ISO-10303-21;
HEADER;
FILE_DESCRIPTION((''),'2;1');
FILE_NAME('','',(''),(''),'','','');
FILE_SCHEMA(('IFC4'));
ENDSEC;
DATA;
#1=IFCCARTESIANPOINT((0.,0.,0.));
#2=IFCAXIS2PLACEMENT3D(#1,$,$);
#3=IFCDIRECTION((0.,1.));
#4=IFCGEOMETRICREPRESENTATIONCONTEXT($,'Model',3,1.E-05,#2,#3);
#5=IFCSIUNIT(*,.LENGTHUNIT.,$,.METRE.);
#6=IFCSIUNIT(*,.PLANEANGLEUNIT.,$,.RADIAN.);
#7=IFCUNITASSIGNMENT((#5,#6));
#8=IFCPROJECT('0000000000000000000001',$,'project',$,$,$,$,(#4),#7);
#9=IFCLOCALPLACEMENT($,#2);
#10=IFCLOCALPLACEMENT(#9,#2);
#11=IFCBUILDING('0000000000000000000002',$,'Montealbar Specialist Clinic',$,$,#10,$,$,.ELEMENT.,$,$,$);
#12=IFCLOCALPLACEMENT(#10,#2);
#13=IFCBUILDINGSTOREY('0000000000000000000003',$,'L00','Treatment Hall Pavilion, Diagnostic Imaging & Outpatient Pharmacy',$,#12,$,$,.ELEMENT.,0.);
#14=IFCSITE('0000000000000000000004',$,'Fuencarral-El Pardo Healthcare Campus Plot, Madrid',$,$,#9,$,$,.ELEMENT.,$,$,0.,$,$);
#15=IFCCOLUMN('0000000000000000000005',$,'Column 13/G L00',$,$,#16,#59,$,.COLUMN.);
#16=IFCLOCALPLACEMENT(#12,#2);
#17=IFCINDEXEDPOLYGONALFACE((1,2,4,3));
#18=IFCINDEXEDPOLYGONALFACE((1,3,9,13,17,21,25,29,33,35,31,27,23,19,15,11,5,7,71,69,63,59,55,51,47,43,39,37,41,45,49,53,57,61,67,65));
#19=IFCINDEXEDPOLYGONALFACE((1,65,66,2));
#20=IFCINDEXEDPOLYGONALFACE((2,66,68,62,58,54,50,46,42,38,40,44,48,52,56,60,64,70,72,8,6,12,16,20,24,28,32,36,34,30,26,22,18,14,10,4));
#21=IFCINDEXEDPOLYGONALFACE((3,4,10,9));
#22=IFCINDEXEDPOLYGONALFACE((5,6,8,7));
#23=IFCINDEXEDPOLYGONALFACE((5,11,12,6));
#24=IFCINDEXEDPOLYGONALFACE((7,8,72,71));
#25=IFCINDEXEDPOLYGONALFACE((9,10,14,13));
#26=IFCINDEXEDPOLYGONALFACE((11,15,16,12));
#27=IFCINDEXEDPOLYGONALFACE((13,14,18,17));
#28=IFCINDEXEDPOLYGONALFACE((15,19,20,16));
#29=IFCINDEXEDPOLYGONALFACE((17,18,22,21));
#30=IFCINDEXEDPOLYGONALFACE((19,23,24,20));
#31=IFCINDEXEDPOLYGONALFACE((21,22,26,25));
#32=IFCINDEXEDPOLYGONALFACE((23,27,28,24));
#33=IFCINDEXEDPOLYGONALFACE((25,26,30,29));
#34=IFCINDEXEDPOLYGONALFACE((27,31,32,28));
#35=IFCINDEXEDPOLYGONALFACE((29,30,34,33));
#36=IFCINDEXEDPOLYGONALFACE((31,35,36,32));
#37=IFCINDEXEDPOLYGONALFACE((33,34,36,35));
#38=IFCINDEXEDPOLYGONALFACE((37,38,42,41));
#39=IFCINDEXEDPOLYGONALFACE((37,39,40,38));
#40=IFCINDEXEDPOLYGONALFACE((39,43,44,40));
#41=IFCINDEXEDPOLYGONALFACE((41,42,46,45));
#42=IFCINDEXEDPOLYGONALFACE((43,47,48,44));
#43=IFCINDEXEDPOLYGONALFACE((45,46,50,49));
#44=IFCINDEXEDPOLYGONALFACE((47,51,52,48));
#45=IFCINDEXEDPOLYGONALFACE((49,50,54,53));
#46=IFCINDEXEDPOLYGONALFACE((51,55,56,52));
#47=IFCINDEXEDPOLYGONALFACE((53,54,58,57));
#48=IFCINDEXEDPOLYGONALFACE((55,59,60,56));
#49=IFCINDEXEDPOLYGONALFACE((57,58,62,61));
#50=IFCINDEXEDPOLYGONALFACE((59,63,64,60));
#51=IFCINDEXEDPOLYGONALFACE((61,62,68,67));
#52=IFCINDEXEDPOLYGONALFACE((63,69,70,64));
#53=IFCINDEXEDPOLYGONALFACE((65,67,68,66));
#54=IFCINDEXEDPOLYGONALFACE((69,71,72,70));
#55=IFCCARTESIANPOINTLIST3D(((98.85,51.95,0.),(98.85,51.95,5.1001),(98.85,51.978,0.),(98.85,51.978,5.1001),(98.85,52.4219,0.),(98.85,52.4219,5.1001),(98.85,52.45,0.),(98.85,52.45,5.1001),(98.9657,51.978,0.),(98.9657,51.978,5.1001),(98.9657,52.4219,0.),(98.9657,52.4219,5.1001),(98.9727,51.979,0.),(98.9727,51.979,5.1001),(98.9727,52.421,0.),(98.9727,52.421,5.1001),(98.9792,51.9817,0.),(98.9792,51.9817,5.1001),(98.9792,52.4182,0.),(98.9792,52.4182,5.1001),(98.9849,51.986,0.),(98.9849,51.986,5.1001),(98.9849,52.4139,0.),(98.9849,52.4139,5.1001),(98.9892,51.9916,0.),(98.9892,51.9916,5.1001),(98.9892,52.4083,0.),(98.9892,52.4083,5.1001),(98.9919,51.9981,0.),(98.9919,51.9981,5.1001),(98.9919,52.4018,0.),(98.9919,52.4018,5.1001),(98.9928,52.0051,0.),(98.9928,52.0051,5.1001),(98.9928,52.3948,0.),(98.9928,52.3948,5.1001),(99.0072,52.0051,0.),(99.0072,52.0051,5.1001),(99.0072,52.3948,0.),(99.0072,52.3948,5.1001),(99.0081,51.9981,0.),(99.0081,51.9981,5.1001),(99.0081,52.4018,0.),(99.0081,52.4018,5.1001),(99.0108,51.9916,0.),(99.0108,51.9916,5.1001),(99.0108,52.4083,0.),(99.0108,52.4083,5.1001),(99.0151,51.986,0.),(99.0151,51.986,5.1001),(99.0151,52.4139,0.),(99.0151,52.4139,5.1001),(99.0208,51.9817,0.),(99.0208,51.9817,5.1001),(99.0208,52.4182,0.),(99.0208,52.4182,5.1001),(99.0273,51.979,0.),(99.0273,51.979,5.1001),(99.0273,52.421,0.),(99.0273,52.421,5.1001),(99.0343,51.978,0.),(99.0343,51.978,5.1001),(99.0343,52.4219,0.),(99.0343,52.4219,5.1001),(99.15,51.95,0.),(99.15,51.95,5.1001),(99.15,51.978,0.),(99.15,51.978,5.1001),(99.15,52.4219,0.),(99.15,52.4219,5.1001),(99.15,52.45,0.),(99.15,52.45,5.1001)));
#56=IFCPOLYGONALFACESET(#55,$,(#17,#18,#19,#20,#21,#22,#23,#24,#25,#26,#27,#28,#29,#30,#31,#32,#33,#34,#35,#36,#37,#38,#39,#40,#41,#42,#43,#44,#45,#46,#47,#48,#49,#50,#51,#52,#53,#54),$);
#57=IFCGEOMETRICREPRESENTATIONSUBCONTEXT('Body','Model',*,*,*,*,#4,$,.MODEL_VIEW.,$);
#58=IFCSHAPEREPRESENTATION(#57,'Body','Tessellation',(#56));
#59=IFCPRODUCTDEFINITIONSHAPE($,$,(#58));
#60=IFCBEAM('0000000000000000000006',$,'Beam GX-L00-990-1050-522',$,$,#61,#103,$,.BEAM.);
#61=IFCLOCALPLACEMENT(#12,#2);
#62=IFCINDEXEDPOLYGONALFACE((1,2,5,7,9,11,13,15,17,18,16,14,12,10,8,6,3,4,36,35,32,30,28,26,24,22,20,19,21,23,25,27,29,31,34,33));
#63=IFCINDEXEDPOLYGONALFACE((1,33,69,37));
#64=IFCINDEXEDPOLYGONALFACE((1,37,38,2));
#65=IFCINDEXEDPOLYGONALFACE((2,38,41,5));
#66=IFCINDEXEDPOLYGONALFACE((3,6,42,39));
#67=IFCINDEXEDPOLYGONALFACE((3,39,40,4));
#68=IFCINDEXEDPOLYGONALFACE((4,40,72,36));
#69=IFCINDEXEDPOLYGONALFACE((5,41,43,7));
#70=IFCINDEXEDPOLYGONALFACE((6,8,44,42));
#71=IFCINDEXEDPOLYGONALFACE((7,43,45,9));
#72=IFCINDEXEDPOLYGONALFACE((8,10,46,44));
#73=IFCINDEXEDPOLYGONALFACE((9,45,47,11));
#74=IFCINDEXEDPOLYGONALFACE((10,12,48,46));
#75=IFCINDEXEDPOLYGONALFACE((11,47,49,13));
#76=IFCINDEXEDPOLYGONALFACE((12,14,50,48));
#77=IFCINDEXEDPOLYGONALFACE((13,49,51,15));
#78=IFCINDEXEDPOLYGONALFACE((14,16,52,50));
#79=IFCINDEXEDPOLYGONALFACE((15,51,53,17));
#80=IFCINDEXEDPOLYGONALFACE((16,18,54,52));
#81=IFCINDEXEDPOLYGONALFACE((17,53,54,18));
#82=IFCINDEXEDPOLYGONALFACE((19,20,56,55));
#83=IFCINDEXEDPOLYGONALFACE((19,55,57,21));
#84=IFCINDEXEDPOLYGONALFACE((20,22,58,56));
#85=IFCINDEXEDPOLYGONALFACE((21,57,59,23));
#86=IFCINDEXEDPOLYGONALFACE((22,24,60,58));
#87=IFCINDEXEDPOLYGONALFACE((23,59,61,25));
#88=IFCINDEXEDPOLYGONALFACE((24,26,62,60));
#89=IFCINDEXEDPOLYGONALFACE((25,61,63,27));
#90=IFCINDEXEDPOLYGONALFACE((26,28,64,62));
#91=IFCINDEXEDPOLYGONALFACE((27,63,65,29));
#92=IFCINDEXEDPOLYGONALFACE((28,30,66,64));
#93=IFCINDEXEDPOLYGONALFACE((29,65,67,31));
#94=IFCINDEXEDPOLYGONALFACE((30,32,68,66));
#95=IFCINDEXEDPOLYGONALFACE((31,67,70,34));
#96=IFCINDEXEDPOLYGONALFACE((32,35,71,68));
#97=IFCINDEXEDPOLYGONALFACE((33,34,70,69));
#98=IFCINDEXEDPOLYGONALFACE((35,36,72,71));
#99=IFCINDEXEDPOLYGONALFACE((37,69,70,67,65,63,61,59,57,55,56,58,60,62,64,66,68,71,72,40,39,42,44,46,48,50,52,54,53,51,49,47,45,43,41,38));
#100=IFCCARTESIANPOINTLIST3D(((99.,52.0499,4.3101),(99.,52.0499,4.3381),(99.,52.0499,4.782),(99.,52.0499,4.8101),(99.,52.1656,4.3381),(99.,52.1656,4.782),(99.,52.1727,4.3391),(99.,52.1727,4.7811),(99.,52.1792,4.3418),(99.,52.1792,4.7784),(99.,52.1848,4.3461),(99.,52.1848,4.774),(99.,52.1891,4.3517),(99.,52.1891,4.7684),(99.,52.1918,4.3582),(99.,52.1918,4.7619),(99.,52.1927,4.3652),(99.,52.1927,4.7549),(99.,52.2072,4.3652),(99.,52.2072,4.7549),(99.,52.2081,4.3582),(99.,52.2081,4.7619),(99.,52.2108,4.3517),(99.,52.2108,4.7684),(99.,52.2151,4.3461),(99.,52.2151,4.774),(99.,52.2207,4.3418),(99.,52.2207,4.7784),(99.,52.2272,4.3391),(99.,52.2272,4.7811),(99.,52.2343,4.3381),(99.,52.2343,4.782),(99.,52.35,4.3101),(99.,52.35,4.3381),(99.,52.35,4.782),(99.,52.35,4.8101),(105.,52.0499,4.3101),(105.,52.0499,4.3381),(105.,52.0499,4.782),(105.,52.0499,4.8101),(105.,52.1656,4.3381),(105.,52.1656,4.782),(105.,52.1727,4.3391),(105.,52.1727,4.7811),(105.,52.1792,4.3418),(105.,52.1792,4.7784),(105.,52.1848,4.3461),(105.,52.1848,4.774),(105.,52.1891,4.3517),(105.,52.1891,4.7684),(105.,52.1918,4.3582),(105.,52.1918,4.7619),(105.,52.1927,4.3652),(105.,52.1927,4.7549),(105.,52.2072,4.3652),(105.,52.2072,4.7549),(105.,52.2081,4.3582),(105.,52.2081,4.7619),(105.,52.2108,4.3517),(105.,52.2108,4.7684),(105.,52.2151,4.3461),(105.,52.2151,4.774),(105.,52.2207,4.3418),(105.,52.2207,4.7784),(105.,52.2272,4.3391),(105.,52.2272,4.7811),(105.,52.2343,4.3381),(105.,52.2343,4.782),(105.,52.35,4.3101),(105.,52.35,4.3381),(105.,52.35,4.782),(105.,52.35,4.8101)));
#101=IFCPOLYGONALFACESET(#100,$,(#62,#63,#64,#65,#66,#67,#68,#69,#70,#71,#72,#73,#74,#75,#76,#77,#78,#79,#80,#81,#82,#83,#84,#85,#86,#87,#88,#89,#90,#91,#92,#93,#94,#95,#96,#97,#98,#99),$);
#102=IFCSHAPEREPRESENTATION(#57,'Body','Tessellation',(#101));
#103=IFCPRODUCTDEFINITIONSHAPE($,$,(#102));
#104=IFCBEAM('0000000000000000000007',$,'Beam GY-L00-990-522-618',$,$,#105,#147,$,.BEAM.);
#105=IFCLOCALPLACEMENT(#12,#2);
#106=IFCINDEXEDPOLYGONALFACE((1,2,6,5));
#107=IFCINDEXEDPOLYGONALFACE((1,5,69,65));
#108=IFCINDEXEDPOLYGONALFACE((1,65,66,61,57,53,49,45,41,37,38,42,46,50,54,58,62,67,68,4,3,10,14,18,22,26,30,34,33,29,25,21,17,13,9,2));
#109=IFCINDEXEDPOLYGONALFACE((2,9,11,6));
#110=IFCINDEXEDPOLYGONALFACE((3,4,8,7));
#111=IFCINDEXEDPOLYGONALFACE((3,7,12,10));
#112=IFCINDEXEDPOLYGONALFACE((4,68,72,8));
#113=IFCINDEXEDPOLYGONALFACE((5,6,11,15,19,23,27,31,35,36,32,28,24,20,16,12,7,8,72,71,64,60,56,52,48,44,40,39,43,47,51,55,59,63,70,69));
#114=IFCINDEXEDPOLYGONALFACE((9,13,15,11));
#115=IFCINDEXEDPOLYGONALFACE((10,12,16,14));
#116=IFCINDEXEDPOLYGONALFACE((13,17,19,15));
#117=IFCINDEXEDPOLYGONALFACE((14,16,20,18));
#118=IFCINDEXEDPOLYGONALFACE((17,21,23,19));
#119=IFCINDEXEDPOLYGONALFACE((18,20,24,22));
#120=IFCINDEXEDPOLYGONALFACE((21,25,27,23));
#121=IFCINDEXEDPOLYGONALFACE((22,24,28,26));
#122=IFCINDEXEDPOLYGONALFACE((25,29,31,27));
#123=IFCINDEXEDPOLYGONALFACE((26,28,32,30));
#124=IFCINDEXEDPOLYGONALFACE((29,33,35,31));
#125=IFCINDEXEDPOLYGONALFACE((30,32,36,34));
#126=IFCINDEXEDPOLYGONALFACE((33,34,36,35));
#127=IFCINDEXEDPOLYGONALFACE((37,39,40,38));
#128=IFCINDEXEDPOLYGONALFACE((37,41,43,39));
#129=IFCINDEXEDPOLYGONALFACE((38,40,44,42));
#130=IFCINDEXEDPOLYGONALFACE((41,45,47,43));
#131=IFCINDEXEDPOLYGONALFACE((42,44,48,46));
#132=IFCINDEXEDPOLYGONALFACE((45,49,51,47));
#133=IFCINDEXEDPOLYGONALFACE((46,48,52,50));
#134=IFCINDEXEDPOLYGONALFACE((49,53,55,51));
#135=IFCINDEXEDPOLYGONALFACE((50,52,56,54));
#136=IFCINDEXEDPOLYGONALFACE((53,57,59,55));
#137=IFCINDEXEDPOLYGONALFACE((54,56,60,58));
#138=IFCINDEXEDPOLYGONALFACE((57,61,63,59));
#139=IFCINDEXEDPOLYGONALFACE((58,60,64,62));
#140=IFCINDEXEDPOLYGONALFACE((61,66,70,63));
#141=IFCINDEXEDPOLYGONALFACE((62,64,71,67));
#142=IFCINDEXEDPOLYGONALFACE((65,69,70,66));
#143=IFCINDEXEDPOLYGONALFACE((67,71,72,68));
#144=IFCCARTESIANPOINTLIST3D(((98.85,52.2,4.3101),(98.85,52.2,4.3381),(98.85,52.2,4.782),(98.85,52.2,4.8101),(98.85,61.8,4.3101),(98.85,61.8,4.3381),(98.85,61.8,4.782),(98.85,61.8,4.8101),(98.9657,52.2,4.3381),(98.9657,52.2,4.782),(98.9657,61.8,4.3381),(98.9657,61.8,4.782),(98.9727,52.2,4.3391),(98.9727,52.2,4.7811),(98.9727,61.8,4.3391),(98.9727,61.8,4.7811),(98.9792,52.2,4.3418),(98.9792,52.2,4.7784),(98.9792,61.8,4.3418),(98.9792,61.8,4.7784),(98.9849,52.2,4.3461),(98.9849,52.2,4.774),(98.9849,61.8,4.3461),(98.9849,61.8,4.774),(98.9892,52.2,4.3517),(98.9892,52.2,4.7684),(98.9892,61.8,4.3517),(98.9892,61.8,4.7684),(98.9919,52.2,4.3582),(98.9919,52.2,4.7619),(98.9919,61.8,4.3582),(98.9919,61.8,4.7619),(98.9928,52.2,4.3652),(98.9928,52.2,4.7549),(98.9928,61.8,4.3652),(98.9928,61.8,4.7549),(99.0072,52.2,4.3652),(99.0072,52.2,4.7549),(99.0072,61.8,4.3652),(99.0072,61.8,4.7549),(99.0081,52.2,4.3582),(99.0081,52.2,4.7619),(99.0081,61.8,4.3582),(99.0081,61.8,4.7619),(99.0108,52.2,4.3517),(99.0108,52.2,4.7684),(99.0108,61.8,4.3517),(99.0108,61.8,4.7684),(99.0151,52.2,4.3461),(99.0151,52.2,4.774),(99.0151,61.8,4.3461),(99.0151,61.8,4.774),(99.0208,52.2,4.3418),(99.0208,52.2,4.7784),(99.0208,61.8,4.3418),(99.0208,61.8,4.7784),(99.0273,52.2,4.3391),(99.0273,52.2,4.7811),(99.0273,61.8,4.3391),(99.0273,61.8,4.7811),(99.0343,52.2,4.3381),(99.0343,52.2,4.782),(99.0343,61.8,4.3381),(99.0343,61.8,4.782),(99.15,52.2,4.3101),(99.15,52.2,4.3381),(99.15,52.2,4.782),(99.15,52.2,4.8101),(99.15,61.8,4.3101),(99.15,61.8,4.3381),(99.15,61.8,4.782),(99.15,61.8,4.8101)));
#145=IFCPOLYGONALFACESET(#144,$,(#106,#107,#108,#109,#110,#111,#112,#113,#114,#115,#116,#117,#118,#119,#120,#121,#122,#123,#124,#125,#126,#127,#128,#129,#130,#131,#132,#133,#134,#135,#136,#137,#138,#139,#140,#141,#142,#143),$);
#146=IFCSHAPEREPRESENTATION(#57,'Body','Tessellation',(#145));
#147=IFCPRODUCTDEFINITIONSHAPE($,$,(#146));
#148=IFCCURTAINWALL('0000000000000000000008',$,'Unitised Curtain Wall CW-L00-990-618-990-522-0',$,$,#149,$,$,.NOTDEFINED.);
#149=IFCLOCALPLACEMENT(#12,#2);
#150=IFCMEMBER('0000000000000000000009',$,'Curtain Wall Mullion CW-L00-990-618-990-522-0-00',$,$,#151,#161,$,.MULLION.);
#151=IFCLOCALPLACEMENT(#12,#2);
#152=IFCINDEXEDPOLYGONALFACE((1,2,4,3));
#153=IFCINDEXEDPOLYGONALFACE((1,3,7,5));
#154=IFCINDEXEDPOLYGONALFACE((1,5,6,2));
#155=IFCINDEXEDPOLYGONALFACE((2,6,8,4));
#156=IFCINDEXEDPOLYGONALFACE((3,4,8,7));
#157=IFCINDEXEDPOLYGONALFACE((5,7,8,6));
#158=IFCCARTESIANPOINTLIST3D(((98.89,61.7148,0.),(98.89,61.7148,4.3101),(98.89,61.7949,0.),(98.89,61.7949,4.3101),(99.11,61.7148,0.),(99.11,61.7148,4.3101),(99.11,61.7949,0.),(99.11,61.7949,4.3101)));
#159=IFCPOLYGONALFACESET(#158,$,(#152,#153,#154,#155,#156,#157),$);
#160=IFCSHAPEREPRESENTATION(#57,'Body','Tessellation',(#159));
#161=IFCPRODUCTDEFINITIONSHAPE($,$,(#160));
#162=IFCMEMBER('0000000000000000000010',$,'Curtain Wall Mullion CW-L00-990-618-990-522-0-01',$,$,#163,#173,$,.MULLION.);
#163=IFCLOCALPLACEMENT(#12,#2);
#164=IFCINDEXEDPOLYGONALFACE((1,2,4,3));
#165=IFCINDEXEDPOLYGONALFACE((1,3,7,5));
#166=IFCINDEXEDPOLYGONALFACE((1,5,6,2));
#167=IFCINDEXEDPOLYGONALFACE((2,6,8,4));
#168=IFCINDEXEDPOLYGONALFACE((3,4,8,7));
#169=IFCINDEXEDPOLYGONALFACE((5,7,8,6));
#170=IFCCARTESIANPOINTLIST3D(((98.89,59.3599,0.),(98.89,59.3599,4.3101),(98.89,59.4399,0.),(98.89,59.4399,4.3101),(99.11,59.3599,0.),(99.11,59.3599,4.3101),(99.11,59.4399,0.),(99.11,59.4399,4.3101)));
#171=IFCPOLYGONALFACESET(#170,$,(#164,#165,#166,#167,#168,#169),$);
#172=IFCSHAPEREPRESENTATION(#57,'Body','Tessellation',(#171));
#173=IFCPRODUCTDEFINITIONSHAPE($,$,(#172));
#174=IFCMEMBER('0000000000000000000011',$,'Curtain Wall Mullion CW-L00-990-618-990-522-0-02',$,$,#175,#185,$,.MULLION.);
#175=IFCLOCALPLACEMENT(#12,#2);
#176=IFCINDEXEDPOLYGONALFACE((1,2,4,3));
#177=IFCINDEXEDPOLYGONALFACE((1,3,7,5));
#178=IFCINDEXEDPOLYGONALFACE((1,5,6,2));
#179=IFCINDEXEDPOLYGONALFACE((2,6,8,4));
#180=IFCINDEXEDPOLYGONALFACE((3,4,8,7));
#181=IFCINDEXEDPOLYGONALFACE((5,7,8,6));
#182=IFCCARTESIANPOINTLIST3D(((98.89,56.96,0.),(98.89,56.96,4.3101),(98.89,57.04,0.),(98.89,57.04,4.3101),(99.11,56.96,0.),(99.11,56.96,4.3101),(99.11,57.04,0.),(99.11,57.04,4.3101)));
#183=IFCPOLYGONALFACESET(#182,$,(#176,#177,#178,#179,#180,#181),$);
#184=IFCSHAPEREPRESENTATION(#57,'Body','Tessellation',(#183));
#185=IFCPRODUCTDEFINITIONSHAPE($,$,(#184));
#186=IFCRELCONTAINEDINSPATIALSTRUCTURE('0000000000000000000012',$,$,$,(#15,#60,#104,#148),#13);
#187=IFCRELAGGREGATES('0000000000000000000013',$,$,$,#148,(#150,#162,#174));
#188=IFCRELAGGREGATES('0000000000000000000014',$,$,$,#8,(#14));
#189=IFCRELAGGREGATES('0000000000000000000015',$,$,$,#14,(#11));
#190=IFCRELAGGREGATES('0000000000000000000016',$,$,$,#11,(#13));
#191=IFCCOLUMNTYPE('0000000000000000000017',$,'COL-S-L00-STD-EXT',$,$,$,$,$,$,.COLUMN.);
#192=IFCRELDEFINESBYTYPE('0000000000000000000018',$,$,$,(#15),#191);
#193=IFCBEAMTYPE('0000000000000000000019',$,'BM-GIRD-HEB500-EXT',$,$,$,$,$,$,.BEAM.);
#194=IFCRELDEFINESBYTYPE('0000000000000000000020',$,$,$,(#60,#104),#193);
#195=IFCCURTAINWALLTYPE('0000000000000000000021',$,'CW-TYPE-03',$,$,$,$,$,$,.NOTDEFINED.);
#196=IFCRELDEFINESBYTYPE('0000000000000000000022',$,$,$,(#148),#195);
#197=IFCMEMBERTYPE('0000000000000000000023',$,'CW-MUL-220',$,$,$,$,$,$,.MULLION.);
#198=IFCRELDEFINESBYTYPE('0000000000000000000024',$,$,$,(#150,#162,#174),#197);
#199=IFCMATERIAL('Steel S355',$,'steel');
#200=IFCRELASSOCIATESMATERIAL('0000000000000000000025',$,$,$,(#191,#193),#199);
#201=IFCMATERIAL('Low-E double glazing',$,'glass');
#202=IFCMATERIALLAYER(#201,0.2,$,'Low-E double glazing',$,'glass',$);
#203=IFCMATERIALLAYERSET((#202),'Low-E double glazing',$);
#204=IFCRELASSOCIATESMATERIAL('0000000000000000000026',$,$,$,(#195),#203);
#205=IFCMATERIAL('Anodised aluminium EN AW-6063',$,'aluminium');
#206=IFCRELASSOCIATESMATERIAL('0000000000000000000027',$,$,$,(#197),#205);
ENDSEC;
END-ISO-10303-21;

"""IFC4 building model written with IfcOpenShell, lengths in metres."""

from ifc_helpers import new_model, si_unit, direction, frame, origin, origin_2d, place, context, subcontext, project, spatial, rectangle, i_section, extrude, material, layer, layer_set, material_profile, profile_set, type_object, element, aggregate, save


model = new_model("IFC4")

# Units and contexts
model_context = context("Model", 3, precision=1e-05, world=origin(), true_north=direction((0.0, 1.0)))
body_context = subcontext(model_context, "Body", "Model", "MODEL_VIEW")
ifc_project = project(units=[si_unit("LENGTHUNIT", "METRE"), si_unit("PLANEANGLEUNIT", "RADIAN")], contexts=[model_context])

# Site, building, storey
site_placement = place(None, origin())
site = spatial("IfcSite", under=ifc_project, at=site_placement, Name="Fuencarral-El Pardo Healthcare Campus Plot, Madrid", CompositionType="ELEMENT", RefElevation=0.0)
building_placement = place(site_placement, origin())
building = spatial("IfcBuilding", under=site, at=building_placement, Name="Montealbar Specialist Clinic", CompositionType="ELEMENT")
storey_placement = place(building_placement, origin())
storey = spatial("IfcBuildingStorey", under=building, at=storey_placement, Name="L00", Description="Treatment Hall Pavilion, Diagnostic Imaging & Outpatient Pharmacy", CompositionType="ELEMENT", Elevation=0.0)

# Column
ifc_material_1 = material(Name="Steel S355", Category="steel")
ifc_material_profile_1 = material_profile(ifc_material_1, i_section(OverallWidth=0.3, OverallDepth=0.5, WebThickness=0.0144, FlangeThickness=0.0281, FilletRadius=0.0271, at=origin_2d()), Name="HEB 500", Category="steel")
ifc_profile_set_1 = profile_set([ifc_material_profile_1], Name="Steel S355")
column_type = type_object("IfcColumnType", Name="COL-S-L00-STD-EXT", PredefinedType="COLUMN", material=ifc_profile_set_1)
column_placement = place(storey_placement, frame((99.0, 52.2, 0.0), z_axis=(0.0, 0.0, 1.0), x_axis=(1.0, 0.0, 0.0)))
element("IfcColumn", 1, at=column_placement, inside=storey, type_object=column_type, Name="Column 13/G L00", PredefinedType="COLUMN", context=body_context, shape_type="SweptSolid", body=[
    extrude(i_section(OverallWidth=0.3, OverallDepth=0.5, WebThickness=0.0144, FlangeThickness=0.0281, FilletRadius=0.0271, at=origin_2d()), origin(), (0.0, 0.0, 1.0), 5.1001),
])

# Beams
ifc_material_profile_2 = material_profile(ifc_material_1, i_section(OverallWidth=0.3, OverallDepth=0.5, WebThickness=0.0144, FlangeThickness=0.0281, FilletRadius=0.0271, at=origin_2d()), Name="HEB 500", Category="steel")
ifc_profile_set_2 = profile_set([ifc_material_profile_2], Name="Steel S355")
beam_type = type_object("IfcBeamType", Name="BM-GIRD-HEB500-EXT", PredefinedType="BEAM", material=ifc_profile_set_2)
beam_1_placement = place(storey_placement, frame((99.0, 52.2, 4.5601), z_axis=(1.0, 0.0, 0.0), x_axis=(0.0, 1.0, 0.0)))
element("IfcBeam", 2, at=beam_1_placement, inside=storey, type_object=beam_type, Name="Beam GX-L00-990-1050-522", PredefinedType="BEAM", context=body_context, shape_type="SweptSolid", body=[
    extrude(i_section(OverallWidth=0.3, OverallDepth=0.5, WebThickness=0.0144, FlangeThickness=0.0281, FilletRadius=0.0271, at=origin_2d()), origin(), (0.0, 0.0, 1.0), 6.0),
])
beam_2_placement = place(storey_placement, frame((99.0, 52.2, 4.5601), z_axis=(0.0, 1.0, 0.0), x_axis=(-1.0, 0.0, 0.0)))
element("IfcBeam", 3, at=beam_2_placement, inside=storey, type_object=beam_type, Name="Beam GY-L00-990-522-618", PredefinedType="BEAM", context=body_context, shape_type="SweptSolid", body=[
    extrude(i_section(OverallWidth=0.3, OverallDepth=0.5, WebThickness=0.0144, FlangeThickness=0.0281, FilletRadius=0.0271, at=origin_2d()), origin(), (0.0, 0.0, 1.0), 9.6001),
])

# Curtain wall, members
ifc_material_2 = material(Name="Low-E double glazing", Category="glass")
ifc_layer_1 = layer(ifc_material_2, 0.2, Name="Low-E double glazing", Category="glass")
ifc_layer_set_1 = layer_set([ifc_layer_1], Name="Low-E double glazing")
curtain_wall_type = type_object("IfcCurtainWallType", Name="CW-TYPE-03", PredefinedType="NOTDEFINED", material=ifc_layer_set_1)
curtain_wall_placement = place(storey_placement, origin())
curtain_wall = element("IfcCurtainWall", 4, at=curtain_wall_placement, inside=storey, type_object=curtain_wall_type, Name="Unitised Curtain Wall CW-L00-990-618-990-522-0", PredefinedType="NOTDEFINED")
ifc_material_3 = material(Name="Anodised aluminium EN AW-6063", Category="aluminium")
ifc_material_profile_3 = material_profile(ifc_material_3, rectangle(XDim=0.0801, YDim=0.22, at=origin_2d()), Name="ALU 80x220", Category="aluminium")
ifc_profile_set_3 = profile_set([ifc_material_profile_3], Name="Anodised aluminium EN AW-6063")
member_type_1 = type_object("IfcMemberType", Name="CW-MUL-220", PredefinedType="MULLION", material=ifc_profile_set_3)
member_1_placement = place(storey_placement, frame((99.0, 61.7549, 0.0), z_axis=(0.0, 0.0, 1.0), x_axis=(0.0, -1.0, 0.0)))
member_1 = element("IfcMember", 5, at=member_1_placement, type_object=member_type_1, Name="Curtain Wall Mullion CW-L00-990-618-990-522-0-00", PredefinedType="MULLION", context=body_context, shape_type="SweptSolid", body=[
    extrude(rectangle(XDim=0.0801, YDim=0.22, at=origin_2d()), origin(), (0.0, 0.0, 1.0), 4.3101),
])
member_2_placement = place(storey_placement, frame((99.0, 59.3999, 0.0), z_axis=(0.0, 0.0, 1.0), x_axis=(0.0, -1.0, 0.0)))
member_2 = element("IfcMember", 6, at=member_2_placement, type_object=member_type_1, Name="Curtain Wall Mullion CW-L00-990-618-990-522-0-01", PredefinedType="MULLION", context=body_context, shape_type="SweptSolid", body=[
    extrude(rectangle(XDim=0.0801, YDim=0.22, at=origin_2d()), origin(), (0.0, 0.0, 1.0), 4.3101),
])
member_3_placement = place(storey_placement, frame((99.0, 57.0, 0.0), z_axis=(0.0, 0.0, 1.0), x_axis=(0.0, -1.0, 0.0)))
member_3 = element("IfcMember", 7, at=member_3_placement, type_object=member_type_1, Name="Curtain Wall Mullion CW-L00-990-618-990-522-0-02", PredefinedType="MULLION", context=body_context, shape_type="SweptSolid", body=[
    extrude(rectangle(XDim=0.0801, YDim=0.22, at=origin_2d()), origin(), (0.0, 0.0, 1.0), 4.3101),
])
aggregate(curtain_wall, [member_1, member_2, member_3])

save(model, "model.ifc")
